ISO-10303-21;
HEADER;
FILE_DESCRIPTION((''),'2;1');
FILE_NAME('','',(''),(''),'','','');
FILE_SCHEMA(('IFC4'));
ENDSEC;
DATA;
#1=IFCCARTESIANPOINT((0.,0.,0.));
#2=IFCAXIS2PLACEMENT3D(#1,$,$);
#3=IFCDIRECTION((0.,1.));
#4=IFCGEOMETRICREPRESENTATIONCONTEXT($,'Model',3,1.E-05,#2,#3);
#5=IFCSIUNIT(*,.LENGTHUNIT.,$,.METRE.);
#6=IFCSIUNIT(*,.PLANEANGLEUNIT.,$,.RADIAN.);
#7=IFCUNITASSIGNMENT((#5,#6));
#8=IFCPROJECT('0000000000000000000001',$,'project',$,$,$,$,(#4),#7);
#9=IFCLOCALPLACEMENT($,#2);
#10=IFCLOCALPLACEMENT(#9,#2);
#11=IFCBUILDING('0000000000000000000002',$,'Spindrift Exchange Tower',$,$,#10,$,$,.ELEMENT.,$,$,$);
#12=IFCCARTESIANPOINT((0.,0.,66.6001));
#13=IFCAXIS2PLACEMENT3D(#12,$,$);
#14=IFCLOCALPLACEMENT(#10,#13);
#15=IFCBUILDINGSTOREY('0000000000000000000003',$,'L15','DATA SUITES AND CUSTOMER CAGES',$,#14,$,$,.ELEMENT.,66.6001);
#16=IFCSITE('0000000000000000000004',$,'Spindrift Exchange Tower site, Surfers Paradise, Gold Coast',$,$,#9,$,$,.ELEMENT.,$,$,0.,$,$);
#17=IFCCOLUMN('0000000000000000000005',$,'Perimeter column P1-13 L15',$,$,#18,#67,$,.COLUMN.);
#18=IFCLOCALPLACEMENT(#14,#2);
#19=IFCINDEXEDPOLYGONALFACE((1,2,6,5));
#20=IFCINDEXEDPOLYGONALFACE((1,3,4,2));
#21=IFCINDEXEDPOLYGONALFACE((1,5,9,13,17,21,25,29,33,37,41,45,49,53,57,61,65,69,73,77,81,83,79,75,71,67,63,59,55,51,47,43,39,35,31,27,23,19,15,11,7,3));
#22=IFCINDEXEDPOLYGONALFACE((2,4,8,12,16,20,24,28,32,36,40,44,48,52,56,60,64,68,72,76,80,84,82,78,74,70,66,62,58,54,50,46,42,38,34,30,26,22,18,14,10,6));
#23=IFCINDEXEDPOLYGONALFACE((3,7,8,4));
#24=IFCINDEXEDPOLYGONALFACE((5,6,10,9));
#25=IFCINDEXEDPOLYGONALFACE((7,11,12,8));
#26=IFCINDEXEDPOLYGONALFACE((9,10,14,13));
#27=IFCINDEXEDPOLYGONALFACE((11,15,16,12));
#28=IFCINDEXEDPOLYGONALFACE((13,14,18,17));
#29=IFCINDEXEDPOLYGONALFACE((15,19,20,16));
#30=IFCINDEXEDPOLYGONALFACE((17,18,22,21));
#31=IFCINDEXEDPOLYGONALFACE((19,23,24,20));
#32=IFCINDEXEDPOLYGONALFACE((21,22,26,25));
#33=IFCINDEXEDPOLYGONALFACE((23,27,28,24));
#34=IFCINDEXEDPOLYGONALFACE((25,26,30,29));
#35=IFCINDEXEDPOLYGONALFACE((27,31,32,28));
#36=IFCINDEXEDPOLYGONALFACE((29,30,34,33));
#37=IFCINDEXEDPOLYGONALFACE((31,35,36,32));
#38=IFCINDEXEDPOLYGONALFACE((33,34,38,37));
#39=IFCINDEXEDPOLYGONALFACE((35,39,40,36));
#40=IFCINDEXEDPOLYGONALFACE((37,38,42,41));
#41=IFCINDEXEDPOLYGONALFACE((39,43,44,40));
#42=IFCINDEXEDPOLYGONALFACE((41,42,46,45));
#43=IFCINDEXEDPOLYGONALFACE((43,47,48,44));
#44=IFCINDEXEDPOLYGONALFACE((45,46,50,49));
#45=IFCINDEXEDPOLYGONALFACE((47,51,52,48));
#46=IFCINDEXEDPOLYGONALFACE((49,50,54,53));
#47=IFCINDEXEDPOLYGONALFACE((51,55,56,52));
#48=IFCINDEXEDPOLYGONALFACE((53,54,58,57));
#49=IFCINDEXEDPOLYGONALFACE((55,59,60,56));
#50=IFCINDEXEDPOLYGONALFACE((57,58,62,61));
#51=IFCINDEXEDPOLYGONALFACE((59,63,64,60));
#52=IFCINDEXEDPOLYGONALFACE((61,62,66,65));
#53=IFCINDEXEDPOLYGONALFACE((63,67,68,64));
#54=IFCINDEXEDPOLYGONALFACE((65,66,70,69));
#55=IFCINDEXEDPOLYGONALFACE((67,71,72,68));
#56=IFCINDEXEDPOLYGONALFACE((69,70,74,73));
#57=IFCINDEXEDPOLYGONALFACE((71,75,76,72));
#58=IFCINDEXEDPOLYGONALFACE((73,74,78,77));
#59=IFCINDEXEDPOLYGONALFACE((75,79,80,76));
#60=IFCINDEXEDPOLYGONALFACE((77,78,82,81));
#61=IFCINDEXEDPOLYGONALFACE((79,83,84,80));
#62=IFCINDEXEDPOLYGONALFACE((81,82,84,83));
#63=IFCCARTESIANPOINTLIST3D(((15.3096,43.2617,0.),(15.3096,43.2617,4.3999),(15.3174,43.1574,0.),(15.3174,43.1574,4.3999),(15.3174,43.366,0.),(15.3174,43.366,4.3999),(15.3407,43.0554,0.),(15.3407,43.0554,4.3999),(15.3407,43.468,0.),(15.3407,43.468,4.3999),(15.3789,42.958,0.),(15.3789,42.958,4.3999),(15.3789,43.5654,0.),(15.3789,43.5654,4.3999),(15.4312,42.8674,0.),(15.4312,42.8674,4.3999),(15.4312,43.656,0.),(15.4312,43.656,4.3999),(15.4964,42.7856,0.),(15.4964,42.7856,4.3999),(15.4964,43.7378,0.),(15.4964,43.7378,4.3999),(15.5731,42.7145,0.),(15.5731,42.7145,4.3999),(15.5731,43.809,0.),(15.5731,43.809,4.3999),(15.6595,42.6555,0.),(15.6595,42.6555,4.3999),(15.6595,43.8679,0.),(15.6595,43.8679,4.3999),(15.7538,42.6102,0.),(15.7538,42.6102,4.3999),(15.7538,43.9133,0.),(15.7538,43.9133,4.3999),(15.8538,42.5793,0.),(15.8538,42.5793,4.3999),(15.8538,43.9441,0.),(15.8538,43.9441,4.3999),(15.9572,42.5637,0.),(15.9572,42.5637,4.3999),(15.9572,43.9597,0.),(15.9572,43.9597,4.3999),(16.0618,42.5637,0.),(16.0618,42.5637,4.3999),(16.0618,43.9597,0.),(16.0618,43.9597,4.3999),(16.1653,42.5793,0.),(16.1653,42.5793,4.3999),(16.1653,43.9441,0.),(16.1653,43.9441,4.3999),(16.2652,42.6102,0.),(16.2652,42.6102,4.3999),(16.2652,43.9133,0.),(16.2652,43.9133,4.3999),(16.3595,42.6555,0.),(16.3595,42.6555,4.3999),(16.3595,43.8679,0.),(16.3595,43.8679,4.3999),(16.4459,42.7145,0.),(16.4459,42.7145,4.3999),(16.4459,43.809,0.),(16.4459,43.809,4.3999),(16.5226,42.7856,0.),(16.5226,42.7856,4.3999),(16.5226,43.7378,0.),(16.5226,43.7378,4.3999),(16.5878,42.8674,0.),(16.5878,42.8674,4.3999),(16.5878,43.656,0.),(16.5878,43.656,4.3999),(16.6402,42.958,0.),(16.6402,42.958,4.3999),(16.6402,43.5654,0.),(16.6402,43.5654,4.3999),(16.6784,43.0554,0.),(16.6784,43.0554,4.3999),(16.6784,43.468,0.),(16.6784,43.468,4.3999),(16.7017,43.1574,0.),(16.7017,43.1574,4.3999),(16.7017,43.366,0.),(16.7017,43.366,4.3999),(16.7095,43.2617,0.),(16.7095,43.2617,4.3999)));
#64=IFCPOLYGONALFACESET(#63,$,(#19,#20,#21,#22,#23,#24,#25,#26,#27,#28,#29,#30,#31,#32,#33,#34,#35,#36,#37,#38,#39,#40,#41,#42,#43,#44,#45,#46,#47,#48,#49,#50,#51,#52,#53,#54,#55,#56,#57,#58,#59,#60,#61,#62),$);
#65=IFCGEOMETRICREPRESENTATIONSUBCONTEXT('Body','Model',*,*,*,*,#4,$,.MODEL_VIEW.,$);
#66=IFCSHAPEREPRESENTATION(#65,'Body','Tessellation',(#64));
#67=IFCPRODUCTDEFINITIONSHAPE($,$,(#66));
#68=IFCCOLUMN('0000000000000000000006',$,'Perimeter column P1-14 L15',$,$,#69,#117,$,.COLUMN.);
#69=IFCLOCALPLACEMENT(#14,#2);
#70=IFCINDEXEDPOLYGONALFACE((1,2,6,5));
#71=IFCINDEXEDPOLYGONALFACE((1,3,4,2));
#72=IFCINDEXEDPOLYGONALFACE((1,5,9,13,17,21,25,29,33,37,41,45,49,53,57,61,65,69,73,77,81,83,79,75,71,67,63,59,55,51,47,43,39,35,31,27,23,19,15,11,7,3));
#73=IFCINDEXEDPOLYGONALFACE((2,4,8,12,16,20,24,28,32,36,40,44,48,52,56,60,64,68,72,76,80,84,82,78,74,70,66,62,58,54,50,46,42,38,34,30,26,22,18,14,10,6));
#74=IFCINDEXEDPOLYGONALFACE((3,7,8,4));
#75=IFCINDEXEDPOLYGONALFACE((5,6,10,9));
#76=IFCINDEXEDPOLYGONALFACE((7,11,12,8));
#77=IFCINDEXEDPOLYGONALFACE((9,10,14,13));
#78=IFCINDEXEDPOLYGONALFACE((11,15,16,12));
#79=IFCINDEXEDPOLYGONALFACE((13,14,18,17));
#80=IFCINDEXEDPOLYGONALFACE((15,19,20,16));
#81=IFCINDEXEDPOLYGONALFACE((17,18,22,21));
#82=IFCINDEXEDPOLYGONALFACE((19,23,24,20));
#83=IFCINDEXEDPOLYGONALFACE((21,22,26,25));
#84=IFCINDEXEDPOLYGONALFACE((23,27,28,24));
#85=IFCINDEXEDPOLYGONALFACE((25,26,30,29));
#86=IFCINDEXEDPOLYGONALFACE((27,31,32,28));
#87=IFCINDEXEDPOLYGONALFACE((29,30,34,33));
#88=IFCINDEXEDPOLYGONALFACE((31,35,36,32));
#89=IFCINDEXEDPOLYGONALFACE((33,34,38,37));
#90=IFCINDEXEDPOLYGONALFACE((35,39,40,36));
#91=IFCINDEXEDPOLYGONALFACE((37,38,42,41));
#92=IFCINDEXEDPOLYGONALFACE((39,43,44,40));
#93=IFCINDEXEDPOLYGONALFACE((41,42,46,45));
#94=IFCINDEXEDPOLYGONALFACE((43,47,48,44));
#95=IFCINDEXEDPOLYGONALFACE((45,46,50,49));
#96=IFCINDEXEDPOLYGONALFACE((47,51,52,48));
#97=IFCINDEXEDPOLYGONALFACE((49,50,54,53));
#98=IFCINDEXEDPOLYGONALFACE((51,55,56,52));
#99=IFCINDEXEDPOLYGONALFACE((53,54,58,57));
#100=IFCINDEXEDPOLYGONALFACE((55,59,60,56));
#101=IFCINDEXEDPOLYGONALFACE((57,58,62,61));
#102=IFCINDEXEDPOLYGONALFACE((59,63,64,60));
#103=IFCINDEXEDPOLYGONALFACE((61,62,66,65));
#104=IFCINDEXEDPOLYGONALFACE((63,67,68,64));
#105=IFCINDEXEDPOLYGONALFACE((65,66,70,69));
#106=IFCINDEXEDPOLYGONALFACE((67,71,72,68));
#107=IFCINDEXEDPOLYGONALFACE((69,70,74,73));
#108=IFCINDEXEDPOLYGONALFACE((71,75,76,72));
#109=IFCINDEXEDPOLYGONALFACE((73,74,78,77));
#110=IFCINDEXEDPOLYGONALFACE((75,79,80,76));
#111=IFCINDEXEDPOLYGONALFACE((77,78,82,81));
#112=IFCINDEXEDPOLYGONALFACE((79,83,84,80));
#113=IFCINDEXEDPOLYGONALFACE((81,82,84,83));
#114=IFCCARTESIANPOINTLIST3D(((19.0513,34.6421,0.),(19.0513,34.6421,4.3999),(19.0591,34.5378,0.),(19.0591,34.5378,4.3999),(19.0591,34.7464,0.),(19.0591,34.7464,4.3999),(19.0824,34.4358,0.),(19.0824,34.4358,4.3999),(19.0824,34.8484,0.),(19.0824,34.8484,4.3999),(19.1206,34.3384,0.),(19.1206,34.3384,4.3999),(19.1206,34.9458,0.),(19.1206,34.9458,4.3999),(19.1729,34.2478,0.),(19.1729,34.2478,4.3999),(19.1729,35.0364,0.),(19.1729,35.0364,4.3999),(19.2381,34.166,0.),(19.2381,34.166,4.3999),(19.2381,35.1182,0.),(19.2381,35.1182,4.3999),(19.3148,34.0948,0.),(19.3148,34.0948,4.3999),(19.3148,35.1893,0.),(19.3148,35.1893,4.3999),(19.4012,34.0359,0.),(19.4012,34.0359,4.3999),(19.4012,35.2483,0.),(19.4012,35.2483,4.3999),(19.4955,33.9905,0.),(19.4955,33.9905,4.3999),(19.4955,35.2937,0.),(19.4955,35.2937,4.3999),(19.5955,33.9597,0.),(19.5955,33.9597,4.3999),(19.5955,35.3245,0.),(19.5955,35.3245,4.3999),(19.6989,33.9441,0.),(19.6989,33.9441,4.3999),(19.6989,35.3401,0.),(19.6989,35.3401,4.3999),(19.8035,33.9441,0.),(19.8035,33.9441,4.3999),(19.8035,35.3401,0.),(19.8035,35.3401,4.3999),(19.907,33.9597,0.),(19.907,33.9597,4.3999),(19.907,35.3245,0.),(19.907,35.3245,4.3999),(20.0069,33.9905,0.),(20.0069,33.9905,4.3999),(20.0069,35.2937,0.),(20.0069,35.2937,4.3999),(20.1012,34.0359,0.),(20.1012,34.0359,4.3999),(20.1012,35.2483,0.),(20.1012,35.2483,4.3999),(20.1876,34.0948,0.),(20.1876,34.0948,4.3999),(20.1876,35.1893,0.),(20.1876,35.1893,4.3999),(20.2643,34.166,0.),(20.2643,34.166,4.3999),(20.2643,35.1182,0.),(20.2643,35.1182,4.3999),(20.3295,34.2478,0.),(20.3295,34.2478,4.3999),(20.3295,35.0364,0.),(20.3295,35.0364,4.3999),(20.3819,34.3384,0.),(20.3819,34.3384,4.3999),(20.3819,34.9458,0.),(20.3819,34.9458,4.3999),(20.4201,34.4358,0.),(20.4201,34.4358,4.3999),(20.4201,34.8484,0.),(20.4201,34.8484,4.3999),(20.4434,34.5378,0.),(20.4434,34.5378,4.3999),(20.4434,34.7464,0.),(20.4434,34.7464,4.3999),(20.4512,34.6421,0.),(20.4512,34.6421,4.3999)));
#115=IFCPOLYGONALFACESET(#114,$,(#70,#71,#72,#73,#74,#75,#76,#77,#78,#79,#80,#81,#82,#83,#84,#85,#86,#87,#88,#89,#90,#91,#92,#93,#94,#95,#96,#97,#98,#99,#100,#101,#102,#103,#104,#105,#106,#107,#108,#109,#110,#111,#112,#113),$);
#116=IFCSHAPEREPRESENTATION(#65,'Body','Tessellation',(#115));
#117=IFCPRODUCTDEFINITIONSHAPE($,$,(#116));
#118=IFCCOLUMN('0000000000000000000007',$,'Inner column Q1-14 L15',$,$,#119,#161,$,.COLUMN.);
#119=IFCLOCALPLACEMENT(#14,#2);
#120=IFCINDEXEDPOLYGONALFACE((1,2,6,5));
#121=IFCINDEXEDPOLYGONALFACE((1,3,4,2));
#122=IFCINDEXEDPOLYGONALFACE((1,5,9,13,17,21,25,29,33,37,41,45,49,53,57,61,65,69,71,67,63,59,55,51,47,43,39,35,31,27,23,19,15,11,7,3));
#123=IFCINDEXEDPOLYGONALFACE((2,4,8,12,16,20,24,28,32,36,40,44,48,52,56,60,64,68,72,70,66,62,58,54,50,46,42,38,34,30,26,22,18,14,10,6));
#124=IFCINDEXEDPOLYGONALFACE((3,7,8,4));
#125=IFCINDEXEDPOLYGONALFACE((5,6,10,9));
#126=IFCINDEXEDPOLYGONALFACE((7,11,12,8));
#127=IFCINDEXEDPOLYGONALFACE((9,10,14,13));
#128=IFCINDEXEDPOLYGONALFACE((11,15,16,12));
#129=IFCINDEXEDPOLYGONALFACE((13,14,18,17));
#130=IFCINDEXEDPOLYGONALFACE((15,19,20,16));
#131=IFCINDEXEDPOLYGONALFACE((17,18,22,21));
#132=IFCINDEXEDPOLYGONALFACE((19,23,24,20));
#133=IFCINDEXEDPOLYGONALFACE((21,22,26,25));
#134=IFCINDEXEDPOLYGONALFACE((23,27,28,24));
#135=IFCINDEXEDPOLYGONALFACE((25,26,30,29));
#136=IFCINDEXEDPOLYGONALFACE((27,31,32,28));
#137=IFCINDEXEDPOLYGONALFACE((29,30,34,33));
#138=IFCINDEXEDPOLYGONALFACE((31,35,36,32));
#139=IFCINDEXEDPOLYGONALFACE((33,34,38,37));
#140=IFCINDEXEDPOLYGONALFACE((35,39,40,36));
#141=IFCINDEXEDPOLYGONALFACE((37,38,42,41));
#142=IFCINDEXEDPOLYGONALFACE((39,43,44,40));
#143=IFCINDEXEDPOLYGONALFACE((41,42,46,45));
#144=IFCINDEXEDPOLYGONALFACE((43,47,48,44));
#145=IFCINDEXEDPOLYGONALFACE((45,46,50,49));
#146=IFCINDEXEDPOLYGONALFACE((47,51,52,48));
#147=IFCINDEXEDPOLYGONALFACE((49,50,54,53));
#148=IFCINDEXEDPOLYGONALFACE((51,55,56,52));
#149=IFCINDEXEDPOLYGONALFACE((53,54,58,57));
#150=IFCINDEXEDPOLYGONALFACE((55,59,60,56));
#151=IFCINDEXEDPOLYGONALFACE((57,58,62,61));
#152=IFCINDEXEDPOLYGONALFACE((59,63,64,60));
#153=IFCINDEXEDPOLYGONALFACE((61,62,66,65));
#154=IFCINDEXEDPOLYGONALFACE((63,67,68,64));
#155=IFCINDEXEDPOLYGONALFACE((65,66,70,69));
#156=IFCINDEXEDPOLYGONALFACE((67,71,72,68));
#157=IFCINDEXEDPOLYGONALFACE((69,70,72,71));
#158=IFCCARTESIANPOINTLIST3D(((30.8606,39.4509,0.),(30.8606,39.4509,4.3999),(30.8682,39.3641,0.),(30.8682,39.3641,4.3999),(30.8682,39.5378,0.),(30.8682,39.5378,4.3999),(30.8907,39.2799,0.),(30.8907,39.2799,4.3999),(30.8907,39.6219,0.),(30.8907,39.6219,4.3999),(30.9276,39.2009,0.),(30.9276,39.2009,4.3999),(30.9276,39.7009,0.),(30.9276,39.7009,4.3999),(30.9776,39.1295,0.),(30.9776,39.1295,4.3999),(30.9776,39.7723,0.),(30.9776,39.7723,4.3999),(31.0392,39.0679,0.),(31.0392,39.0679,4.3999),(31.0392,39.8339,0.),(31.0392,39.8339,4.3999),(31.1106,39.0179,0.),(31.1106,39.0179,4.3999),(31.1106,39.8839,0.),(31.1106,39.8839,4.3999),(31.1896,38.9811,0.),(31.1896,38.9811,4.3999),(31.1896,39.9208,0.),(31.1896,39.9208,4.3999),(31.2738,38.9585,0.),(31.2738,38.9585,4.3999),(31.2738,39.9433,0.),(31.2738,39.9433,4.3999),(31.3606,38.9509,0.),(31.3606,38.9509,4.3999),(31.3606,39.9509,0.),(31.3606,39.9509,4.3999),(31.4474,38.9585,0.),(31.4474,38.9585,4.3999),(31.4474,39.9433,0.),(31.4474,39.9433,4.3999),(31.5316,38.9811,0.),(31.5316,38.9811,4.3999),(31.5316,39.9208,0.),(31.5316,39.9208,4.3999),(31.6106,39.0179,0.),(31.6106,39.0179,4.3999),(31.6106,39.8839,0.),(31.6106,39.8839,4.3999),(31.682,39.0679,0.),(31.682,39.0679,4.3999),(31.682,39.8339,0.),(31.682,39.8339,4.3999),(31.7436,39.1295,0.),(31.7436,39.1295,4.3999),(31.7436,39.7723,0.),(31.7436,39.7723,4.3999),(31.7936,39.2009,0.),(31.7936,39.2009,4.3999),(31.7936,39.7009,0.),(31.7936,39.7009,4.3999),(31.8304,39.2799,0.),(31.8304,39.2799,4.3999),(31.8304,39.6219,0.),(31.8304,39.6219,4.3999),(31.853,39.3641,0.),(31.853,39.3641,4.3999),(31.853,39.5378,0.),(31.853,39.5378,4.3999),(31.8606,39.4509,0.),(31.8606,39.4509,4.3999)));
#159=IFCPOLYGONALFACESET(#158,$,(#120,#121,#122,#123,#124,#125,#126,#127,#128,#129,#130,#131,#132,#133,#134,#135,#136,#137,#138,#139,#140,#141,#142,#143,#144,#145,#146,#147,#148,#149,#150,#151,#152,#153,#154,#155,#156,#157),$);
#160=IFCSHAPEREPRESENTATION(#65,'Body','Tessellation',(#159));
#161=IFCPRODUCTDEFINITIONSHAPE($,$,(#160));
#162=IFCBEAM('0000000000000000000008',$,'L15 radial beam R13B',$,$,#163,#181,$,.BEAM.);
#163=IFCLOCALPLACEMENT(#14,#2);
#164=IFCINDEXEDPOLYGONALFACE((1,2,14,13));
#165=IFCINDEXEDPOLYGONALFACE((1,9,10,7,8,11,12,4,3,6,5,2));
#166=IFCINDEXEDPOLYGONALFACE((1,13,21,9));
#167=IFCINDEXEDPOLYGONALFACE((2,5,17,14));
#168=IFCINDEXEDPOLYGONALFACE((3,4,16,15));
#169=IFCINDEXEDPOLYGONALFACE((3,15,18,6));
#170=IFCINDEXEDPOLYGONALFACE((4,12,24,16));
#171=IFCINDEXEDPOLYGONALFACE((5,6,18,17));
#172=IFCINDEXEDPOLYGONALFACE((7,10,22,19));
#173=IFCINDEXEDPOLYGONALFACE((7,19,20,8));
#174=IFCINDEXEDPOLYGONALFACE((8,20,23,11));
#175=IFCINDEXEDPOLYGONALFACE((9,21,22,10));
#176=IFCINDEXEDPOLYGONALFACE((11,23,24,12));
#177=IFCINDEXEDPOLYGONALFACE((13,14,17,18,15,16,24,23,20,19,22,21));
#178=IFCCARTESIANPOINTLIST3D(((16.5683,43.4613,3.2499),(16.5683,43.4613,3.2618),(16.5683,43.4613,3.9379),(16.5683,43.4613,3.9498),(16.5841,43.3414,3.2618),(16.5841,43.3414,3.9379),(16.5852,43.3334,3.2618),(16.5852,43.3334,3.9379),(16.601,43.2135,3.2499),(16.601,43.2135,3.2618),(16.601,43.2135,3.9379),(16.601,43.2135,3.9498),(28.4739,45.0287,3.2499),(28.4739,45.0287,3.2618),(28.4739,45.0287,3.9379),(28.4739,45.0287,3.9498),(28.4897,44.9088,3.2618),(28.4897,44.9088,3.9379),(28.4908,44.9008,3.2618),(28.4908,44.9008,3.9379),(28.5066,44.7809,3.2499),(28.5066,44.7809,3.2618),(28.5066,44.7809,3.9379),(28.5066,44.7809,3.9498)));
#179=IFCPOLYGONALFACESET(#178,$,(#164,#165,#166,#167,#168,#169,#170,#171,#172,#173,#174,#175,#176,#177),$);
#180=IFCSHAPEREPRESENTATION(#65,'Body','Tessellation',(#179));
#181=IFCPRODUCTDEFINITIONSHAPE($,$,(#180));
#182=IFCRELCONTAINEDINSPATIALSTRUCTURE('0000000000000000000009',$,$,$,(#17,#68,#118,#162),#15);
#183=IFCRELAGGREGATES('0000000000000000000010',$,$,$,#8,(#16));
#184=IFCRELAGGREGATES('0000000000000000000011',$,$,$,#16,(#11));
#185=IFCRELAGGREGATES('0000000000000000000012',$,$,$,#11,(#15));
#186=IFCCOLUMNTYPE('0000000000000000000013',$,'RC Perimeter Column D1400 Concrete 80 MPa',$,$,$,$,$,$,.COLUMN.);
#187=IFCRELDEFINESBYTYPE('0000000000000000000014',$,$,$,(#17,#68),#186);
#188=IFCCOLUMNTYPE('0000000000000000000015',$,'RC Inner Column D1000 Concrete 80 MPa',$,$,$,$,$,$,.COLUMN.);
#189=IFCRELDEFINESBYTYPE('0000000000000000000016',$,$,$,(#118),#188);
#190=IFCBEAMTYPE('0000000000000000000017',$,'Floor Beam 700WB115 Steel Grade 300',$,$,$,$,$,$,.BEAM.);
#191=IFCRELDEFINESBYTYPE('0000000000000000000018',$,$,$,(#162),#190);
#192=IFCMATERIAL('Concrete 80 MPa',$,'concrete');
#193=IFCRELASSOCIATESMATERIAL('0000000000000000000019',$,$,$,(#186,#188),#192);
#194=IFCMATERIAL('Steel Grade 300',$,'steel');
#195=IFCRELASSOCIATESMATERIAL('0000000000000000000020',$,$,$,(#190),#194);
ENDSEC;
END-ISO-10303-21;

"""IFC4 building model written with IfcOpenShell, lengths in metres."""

from ifc_helpers import new_model, si_unit, direction, frame, origin, origin_2d, place, context, subcontext, project, spatial, circle, i_section, extrude, source, transform, mapped, material, material_profile, profile_set, type_object, element, save


model = new_model("IFC4")

# Units and contexts
model_context = context("Model", 3, precision=1e-05, world=origin(), true_north=direction((0.0, 1.0)))
body_context = subcontext(model_context, "Body", "Model", "MODEL_VIEW")
ifc_project = project(units=[si_unit("LENGTHUNIT", "METRE"), si_unit("PLANEANGLEUNIT", "RADIAN")], contexts=[model_context])

# Site, building, storey
site_placement = place(None, origin())
site = spatial("IfcSite", under=ifc_project, at=site_placement, Name="Spindrift Exchange Tower site, Surfers Paradise, Gold Coast", CompositionType="ELEMENT", RefElevation=0.0)
building_placement = place(site_placement, origin())
building = spatial("IfcBuilding", under=site, at=building_placement, Name="Spindrift Exchange Tower", CompositionType="ELEMENT")
storey_placement = place(building_placement, frame((0.0, 0.0, 66.6001)))
storey = spatial("IfcBuildingStorey", under=building, at=storey_placement, Name="L15", Description="DATA SUITES AND CUSTOMER CAGES", CompositionType="ELEMENT", Elevation=66.6001)

# Columns
ifc_material_1 = material(Name="Concrete 80 MPa", Category="concrete")
ifc_material_profile_1 = material_profile(ifc_material_1, circle(Radius=0.7, at=origin_2d()), Name="RC D1400")
ifc_profile_set_1 = profile_set([ifc_material_profile_1], Name="Concrete 80 MPa")
column_type_1 = type_object("IfcColumnType", Name="RC Perimeter Column D1400 Concrete 80 MPa", PredefinedType="COLUMN", material=ifc_profile_set_1)
shared_shape_1 = source(origin(), body_context, "Body", "SweptSolid", [
    extrude(circle(Radius=0.7, at=origin_2d()), origin(), (0.0, 0.0, 1.0), 4.3999),
])
for number, where, z_axis, x_axis, name in (
    (1, (16.0095, 43.2617, 0.0), (0.0, 0.0, 1.0), (1.0, 0.0, 0.0), "Perimeter column P1-13 L15"),
    (2, (19.7512, 34.6421, 0.0), (0.0, 0.0, 1.0), (1.0, 0.0, 0.0), "Perimeter column P1-14 L15"),
):
    element("IfcColumn", number, at=place(storey_placement, frame(where, z_axis=z_axis, x_axis=x_axis)), inside=storey, type_object=column_type_1, Name=name, PredefinedType="COLUMN", context=body_context, shape_type="MappedRepresentation", body=[
        mapped(shared_shape_1, transform((0.0, 0.0, 0.0), scale=1.0)),
    ])
ifc_material_profile_2 = material_profile(ifc_material_1, circle(Radius=0.5, at=origin_2d()), Name="RC D1000")
ifc_profile_set_2 = profile_set([ifc_material_profile_2], Name="Concrete 80 MPa")
column_type_2 = type_object("IfcColumnType", Name="RC Inner Column D1000 Concrete 80 MPa", PredefinedType="COLUMN", material=ifc_profile_set_2)
shared_shape_2 = source(origin(), body_context, "Body", "SweptSolid", [
    extrude(circle(Radius=0.5, at=origin_2d()), origin(), (0.0, 0.0, 1.0), 4.3999),
])
column_placement = place(storey_placement, frame((31.3606, 39.4509, 0.0), z_axis=(0.0, 0.0, 1.0), x_axis=(1.0, 0.0, 0.0)))
element("IfcColumn", 3, at=column_placement, inside=storey, type_object=column_type_2, Name="Inner column Q1-14 L15", PredefinedType="COLUMN", context=body_context, shape_type="MappedRepresentation", body=[
    mapped(shared_shape_2, transform((0.0, 0.0, 0.0), scale=1.0)),
])

# Beam
ifc_material_2 = material(Name="Steel Grade 300", Category="steel")
ifc_material_profile_3 = material_profile(ifc_material_2, i_section(OverallWidth=0.25, OverallDepth=0.7, WebThickness=0.0081, FlangeThickness=0.012, at=origin_2d()), Name="700WB115")
ifc_profile_set_3 = profile_set([ifc_material_profile_3], Name="Steel Grade 300")
beam_type_1 = type_object("IfcBeamType", Name="Floor Beam 700WB115 Steel Grade 300", PredefinedType="BEAM", material=ifc_profile_set_3)
shared_shape_3 = source(origin(), body_context, "Body", "SweptSolid", [
    extrude(i_section(OverallWidth=0.25, OverallDepth=0.7, WebThickness=0.0081, FlangeThickness=0.012, at=origin_2d()), origin(), (0.0, 0.0, 1.0), 12.0083),
])
beam_1_placement = place(storey_placement, frame((28.4902, 44.9048, 3.5999), z_axis=(-0.991445, -0.130526, 0.0), x_axis=(0.130526, -0.991445, 0.0)))
element("IfcBeam", 4, at=beam_1_placement, inside=storey, type_object=beam_type_1, Name="L15 radial beam R13B", PredefinedType="BEAM", context=body_context, shape_type="MappedRepresentation", body=[
    mapped(shared_shape_3, transform((0.0, 0.0, 0.0), scale=1.0)),
])

save(model, "model.ifc")
